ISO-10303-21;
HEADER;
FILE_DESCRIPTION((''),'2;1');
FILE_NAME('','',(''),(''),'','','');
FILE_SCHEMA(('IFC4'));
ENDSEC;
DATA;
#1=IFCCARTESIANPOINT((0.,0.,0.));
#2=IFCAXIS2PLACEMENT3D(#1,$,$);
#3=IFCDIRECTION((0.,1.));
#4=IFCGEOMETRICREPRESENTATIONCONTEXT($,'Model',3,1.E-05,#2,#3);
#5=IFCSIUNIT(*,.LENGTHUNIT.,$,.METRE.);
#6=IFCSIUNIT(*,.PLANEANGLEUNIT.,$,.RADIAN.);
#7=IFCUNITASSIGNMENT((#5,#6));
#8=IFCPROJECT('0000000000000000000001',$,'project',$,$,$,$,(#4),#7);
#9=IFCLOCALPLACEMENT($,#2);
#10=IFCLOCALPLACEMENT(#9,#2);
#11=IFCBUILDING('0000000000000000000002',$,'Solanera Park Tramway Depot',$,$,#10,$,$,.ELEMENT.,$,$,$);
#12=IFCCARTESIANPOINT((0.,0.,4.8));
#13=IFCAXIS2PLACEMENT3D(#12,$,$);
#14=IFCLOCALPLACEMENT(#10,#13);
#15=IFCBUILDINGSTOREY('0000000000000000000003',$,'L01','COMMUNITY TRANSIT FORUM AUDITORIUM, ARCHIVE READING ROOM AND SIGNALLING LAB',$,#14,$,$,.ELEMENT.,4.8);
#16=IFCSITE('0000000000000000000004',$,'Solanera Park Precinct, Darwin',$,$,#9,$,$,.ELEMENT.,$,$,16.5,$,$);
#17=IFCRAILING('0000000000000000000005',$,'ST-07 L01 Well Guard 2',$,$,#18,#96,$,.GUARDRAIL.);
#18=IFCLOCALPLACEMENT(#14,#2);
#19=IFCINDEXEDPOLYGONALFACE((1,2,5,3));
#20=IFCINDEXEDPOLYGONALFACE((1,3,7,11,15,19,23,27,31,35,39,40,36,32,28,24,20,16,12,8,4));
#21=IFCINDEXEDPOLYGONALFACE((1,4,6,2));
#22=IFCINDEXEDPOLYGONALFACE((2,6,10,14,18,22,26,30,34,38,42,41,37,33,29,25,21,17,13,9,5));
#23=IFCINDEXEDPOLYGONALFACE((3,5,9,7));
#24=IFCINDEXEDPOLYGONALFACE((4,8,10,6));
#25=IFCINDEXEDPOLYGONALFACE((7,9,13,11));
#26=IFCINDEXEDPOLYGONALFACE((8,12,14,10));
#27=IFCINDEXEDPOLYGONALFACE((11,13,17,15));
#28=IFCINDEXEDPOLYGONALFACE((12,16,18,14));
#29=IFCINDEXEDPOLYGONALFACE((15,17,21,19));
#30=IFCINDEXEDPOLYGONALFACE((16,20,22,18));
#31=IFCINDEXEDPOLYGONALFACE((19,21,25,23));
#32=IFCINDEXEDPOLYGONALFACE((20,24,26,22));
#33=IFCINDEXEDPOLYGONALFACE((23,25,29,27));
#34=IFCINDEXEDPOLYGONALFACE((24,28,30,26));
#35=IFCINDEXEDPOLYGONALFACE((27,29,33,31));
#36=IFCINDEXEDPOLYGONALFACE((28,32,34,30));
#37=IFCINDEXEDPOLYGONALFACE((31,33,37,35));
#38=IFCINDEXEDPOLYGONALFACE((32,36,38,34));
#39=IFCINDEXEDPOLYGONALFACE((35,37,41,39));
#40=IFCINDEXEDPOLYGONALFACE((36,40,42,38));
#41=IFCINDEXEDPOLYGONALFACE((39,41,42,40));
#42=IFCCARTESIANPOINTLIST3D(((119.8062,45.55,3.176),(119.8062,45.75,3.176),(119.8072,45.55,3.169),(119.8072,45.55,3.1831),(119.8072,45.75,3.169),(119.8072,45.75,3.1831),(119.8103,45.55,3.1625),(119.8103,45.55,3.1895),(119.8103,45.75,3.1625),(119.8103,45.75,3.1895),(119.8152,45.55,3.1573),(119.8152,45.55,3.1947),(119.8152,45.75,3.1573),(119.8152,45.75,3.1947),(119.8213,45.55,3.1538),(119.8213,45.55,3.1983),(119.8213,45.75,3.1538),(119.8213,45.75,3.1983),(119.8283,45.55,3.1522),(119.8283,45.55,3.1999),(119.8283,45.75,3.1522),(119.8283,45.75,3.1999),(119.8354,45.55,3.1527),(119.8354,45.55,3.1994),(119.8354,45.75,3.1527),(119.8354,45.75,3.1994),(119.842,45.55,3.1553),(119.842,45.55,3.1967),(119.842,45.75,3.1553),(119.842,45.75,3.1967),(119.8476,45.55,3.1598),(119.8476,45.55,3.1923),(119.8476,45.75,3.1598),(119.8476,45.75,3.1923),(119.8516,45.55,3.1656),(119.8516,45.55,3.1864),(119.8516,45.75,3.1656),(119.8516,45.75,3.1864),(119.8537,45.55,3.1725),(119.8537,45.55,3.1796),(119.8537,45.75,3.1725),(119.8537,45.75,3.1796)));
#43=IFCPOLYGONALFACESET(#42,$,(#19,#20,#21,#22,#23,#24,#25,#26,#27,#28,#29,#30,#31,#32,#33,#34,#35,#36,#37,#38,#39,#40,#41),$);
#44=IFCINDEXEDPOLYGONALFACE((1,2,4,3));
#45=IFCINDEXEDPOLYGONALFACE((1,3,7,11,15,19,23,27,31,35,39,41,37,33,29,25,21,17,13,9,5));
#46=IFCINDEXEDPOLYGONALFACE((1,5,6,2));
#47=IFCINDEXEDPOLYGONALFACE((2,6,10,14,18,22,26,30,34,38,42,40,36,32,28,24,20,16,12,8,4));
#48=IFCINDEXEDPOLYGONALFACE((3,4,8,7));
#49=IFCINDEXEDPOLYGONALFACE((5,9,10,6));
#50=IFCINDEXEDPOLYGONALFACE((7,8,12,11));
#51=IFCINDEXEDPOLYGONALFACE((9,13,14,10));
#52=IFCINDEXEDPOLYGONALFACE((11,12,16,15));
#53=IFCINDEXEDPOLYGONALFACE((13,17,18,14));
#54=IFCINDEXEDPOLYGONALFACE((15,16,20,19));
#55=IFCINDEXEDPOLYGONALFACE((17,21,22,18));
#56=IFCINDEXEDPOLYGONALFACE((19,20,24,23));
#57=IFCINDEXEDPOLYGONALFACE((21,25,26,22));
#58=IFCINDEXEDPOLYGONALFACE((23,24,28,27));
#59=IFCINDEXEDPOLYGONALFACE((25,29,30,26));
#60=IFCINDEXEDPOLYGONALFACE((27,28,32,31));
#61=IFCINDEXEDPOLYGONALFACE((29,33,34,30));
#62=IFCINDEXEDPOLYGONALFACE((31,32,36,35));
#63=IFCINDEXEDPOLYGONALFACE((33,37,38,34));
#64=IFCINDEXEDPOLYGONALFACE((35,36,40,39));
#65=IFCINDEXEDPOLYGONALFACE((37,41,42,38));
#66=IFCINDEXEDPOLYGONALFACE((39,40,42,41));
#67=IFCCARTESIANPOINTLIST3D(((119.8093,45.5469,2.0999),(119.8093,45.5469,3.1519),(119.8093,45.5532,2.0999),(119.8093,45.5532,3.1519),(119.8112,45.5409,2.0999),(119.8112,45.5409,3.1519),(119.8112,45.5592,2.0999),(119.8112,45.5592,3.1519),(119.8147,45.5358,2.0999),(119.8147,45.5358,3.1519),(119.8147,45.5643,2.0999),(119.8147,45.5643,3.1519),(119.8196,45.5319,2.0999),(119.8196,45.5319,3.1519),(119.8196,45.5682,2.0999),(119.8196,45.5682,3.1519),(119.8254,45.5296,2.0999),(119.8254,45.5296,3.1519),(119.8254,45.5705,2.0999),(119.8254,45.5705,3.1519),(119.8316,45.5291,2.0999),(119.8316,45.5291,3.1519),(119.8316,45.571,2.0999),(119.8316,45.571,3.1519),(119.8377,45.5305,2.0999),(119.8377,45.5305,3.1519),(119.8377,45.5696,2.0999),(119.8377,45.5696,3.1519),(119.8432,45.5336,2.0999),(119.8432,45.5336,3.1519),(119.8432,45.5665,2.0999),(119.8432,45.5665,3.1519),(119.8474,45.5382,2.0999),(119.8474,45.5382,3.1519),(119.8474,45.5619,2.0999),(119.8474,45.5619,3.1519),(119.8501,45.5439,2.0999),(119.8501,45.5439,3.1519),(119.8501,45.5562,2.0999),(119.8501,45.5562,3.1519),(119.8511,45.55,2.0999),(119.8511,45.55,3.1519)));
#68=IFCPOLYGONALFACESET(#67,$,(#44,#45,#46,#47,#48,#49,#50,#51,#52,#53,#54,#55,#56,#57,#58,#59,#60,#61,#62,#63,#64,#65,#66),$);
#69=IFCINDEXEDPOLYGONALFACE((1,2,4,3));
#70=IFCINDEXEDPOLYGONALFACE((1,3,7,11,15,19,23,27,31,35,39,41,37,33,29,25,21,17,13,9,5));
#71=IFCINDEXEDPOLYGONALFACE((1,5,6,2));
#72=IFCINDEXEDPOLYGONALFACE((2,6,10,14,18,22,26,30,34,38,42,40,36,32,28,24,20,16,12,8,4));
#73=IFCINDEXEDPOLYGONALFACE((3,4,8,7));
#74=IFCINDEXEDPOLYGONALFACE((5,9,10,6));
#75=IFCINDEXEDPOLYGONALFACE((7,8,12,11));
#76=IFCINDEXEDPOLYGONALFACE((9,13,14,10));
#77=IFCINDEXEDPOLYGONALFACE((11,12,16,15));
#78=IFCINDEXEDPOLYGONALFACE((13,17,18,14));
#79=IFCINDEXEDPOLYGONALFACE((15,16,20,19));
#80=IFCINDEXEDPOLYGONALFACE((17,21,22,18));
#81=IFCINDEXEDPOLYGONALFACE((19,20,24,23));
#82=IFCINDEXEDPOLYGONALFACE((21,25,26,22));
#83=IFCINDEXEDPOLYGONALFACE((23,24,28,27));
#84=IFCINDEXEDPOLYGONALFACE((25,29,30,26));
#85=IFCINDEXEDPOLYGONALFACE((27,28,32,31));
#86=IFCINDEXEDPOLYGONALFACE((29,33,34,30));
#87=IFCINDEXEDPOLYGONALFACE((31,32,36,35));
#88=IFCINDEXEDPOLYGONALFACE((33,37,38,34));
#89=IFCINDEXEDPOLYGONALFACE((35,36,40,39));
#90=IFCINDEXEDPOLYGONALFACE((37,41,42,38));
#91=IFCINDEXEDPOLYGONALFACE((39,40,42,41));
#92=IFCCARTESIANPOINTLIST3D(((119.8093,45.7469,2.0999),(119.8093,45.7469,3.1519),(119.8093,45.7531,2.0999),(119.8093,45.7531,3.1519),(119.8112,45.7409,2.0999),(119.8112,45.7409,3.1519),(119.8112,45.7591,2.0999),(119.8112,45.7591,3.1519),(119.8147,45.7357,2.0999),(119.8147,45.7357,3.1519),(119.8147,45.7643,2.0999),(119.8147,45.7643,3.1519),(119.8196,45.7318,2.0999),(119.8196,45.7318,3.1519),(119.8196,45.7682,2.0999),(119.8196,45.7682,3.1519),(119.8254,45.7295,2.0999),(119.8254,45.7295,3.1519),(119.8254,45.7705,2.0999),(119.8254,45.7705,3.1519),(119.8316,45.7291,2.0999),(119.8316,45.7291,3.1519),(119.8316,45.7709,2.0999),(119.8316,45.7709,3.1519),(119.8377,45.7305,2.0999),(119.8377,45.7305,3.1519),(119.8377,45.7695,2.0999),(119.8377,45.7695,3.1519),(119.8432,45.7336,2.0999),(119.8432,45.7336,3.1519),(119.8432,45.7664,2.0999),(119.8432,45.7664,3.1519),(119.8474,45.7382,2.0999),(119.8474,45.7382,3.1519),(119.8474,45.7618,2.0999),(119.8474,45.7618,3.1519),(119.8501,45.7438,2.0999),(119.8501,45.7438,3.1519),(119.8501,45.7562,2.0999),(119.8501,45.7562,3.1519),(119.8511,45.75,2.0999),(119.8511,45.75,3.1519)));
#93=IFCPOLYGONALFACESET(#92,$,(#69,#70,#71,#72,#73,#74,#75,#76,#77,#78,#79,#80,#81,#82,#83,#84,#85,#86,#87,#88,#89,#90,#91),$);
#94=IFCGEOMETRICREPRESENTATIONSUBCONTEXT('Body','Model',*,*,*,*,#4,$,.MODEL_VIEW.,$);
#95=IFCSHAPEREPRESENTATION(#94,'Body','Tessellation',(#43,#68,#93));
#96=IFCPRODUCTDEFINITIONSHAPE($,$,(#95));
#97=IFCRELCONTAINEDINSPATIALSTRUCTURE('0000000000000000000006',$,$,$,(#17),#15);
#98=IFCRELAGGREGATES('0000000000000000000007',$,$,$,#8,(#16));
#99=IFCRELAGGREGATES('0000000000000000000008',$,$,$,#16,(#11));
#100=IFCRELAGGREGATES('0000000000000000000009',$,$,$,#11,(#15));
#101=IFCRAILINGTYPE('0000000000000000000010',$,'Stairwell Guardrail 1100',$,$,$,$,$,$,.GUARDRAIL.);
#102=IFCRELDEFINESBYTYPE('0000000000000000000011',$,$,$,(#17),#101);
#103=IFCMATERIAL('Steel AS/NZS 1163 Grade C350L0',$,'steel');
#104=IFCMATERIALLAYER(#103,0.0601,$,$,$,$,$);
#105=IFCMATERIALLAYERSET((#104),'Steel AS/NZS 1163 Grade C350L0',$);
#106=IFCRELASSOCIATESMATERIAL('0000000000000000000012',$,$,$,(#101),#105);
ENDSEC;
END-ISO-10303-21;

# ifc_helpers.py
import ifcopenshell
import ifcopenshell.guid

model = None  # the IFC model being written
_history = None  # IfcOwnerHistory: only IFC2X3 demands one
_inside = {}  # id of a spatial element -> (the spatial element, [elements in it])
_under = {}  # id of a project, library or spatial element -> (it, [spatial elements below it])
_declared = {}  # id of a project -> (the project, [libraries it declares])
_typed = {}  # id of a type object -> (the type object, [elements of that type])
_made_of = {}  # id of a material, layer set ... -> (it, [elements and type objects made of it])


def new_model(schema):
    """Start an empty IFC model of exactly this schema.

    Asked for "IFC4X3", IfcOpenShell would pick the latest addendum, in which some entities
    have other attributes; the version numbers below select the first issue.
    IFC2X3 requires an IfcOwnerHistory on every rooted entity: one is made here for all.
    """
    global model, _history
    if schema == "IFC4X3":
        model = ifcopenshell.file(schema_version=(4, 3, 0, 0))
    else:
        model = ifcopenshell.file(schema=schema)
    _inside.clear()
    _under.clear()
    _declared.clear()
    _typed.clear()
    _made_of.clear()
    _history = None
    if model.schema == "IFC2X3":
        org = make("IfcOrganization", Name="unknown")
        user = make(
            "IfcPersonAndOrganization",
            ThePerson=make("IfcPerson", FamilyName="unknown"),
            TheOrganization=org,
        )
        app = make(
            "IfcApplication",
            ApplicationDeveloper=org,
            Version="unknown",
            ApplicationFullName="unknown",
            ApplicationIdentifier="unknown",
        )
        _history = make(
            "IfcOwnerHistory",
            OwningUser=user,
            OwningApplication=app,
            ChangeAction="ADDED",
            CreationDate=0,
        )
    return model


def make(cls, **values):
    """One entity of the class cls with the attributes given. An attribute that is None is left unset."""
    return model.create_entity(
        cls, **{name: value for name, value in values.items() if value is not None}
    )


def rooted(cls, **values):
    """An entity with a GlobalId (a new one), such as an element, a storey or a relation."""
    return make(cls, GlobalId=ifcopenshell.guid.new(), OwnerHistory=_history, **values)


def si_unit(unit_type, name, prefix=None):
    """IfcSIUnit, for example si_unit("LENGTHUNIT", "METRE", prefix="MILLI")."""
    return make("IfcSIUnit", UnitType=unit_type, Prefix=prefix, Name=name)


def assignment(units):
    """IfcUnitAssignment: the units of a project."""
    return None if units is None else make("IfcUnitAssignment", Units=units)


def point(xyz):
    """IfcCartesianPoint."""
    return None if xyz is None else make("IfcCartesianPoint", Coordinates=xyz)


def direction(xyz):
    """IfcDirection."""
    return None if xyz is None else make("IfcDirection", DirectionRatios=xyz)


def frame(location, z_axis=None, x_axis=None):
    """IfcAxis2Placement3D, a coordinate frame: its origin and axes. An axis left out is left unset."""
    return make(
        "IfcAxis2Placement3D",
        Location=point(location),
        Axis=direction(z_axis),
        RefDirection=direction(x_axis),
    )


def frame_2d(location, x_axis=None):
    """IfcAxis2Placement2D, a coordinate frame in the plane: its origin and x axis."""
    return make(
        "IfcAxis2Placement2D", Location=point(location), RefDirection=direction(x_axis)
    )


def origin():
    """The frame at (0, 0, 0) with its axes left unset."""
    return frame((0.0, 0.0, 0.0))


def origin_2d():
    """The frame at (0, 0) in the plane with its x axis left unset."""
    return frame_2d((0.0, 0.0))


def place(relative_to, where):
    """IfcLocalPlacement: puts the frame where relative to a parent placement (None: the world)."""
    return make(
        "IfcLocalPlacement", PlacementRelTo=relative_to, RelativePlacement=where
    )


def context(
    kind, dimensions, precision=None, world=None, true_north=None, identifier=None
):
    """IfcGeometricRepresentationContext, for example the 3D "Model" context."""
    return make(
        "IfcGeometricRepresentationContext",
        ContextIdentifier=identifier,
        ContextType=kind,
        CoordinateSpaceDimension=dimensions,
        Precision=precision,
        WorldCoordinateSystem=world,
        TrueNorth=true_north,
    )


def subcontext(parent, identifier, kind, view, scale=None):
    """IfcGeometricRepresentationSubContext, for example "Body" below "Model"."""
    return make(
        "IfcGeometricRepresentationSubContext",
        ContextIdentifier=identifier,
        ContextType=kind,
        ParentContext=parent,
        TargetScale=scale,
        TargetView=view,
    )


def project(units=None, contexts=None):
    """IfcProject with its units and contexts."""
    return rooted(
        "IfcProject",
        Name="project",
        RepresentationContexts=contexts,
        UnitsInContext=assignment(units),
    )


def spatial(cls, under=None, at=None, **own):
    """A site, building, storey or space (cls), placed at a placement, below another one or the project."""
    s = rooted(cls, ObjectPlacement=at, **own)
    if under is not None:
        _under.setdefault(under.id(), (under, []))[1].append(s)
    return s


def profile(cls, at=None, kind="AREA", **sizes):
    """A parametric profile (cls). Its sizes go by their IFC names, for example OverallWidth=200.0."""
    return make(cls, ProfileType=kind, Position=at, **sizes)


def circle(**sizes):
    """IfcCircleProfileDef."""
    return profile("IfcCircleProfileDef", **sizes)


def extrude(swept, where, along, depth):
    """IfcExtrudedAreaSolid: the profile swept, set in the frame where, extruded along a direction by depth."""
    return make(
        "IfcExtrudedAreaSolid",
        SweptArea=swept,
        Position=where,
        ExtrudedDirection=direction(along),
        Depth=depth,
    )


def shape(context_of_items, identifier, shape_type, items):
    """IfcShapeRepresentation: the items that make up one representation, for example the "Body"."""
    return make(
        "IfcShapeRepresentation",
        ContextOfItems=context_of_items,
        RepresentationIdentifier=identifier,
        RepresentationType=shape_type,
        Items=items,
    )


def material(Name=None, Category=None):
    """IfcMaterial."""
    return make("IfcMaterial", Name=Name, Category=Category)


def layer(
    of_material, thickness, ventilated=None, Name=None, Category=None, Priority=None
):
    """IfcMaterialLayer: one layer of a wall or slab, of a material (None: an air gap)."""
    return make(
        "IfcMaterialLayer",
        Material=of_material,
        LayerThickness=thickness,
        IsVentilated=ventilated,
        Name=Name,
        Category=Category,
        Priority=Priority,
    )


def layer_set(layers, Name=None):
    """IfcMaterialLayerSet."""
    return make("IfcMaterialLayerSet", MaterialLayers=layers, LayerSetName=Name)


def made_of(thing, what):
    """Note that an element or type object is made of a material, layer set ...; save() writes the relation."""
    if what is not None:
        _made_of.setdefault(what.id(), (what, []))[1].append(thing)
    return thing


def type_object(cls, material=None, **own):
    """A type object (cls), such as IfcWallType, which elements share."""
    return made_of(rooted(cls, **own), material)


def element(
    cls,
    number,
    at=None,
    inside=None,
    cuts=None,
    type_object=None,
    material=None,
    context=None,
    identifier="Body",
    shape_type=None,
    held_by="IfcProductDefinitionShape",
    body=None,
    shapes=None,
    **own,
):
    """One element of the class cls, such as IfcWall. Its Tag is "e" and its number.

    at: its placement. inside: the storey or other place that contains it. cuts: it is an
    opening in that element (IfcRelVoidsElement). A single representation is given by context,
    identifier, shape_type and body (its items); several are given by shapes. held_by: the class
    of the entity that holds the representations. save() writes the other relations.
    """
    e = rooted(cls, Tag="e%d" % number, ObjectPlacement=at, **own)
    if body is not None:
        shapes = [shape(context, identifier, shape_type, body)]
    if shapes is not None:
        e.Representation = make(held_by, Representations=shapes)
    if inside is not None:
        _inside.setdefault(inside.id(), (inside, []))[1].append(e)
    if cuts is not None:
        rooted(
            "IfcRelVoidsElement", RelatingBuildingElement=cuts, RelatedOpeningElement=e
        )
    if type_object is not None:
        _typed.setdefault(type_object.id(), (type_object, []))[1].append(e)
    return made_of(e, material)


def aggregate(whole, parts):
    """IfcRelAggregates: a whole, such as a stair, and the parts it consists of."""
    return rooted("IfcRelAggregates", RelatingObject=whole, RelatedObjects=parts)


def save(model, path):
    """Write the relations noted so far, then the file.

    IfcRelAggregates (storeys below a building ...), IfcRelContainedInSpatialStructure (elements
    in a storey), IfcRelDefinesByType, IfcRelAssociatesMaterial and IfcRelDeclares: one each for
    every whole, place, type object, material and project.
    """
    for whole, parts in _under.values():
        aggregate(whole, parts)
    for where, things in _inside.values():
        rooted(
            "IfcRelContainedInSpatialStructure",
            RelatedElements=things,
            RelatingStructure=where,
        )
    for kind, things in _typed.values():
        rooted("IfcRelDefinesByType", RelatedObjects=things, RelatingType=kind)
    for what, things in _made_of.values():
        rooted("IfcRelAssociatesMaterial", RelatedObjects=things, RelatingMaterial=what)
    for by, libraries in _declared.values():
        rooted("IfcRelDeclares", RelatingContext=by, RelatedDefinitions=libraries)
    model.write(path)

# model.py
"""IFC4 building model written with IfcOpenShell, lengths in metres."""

from ifc_helpers import new_model, si_unit, direction, frame, origin, origin_2d, place, context, subcontext, project, spatial, circle, extrude, material, layer, layer_set, type_object, element, save


model = new_model("IFC4")

# Units and contexts
model_context = context("Model", 3, precision=1e-05, world=origin(), true_north=direction((0.0, 1.0)))
body_context = subcontext(model_context, "Body", "Model", "MODEL_VIEW")
ifc_project = project(units=[si_unit("LENGTHUNIT", "METRE"), si_unit("PLANEANGLEUNIT", "RADIAN")], contexts=[model_context])

# Site, building, storey
site_placement = place(None, origin())
site = spatial("IfcSite", under=ifc_project, at=site_placement, Name="Solanera Park Precinct, Darwin", CompositionType="ELEMENT", RefElevation=16.5)
building_placement = place(site_placement, origin())
building = spatial("IfcBuilding", under=site, at=building_placement, Name="Solanera Park Tramway Depot", CompositionType="ELEMENT")
storey_placement = place(building_placement, frame((0.0, 0.0, 4.8)))
storey = spatial("IfcBuildingStorey", under=building, at=storey_placement, Name="L01", Description="COMMUNITY TRANSIT FORUM AUDITORIUM, ARCHIVE READING ROOM AND SIGNALLING LAB", CompositionType="ELEMENT", Elevation=4.8)

# Railing
ifc_material_1 = material(Name="Steel AS/NZS 1163 Grade C350L0", Category="steel")
ifc_layer_1 = layer(ifc_material_1, 0.0601)
ifc_layer_set_1 = layer_set([ifc_layer_1], Name="Steel AS/NZS 1163 Grade C350L0")
railing_type_1 = type_object("IfcRailingType", Name="Stairwell Guardrail 1100", PredefinedType="GUARDRAIL", material=ifc_layer_set_1)
railing_1_placement = place(storey_placement, frame((119.8301, 45.55, 2.0999)))
element("IfcRailing", 1, at=railing_1_placement, inside=storey, type_object=railing_type_1, Name="ST-07 L01 Well Guard 2", PredefinedType="GUARDRAIL", context=body_context, shape_type="SweptSolid", body=[
    extrude(circle(Radius=0.0239, at=origin_2d()), frame((0.0, 0.0, 1.0762), z_axis=(0.0, 1.0, 0.0), x_axis=(-1.0, 0.0, 0.0)), (0.0, 0.0, 1.0), 0.2),
    extrude(circle(Radius=0.021, at=origin_2d()), origin(), (0.0, 0.0, 1.0), 1.052),
    extrude(circle(Radius=0.021, at=origin_2d()), frame((0.0, 0.2, 0.0)), (0.0, 0.0, 1.0), 1.052),
])

save(model, "model.ifc")
